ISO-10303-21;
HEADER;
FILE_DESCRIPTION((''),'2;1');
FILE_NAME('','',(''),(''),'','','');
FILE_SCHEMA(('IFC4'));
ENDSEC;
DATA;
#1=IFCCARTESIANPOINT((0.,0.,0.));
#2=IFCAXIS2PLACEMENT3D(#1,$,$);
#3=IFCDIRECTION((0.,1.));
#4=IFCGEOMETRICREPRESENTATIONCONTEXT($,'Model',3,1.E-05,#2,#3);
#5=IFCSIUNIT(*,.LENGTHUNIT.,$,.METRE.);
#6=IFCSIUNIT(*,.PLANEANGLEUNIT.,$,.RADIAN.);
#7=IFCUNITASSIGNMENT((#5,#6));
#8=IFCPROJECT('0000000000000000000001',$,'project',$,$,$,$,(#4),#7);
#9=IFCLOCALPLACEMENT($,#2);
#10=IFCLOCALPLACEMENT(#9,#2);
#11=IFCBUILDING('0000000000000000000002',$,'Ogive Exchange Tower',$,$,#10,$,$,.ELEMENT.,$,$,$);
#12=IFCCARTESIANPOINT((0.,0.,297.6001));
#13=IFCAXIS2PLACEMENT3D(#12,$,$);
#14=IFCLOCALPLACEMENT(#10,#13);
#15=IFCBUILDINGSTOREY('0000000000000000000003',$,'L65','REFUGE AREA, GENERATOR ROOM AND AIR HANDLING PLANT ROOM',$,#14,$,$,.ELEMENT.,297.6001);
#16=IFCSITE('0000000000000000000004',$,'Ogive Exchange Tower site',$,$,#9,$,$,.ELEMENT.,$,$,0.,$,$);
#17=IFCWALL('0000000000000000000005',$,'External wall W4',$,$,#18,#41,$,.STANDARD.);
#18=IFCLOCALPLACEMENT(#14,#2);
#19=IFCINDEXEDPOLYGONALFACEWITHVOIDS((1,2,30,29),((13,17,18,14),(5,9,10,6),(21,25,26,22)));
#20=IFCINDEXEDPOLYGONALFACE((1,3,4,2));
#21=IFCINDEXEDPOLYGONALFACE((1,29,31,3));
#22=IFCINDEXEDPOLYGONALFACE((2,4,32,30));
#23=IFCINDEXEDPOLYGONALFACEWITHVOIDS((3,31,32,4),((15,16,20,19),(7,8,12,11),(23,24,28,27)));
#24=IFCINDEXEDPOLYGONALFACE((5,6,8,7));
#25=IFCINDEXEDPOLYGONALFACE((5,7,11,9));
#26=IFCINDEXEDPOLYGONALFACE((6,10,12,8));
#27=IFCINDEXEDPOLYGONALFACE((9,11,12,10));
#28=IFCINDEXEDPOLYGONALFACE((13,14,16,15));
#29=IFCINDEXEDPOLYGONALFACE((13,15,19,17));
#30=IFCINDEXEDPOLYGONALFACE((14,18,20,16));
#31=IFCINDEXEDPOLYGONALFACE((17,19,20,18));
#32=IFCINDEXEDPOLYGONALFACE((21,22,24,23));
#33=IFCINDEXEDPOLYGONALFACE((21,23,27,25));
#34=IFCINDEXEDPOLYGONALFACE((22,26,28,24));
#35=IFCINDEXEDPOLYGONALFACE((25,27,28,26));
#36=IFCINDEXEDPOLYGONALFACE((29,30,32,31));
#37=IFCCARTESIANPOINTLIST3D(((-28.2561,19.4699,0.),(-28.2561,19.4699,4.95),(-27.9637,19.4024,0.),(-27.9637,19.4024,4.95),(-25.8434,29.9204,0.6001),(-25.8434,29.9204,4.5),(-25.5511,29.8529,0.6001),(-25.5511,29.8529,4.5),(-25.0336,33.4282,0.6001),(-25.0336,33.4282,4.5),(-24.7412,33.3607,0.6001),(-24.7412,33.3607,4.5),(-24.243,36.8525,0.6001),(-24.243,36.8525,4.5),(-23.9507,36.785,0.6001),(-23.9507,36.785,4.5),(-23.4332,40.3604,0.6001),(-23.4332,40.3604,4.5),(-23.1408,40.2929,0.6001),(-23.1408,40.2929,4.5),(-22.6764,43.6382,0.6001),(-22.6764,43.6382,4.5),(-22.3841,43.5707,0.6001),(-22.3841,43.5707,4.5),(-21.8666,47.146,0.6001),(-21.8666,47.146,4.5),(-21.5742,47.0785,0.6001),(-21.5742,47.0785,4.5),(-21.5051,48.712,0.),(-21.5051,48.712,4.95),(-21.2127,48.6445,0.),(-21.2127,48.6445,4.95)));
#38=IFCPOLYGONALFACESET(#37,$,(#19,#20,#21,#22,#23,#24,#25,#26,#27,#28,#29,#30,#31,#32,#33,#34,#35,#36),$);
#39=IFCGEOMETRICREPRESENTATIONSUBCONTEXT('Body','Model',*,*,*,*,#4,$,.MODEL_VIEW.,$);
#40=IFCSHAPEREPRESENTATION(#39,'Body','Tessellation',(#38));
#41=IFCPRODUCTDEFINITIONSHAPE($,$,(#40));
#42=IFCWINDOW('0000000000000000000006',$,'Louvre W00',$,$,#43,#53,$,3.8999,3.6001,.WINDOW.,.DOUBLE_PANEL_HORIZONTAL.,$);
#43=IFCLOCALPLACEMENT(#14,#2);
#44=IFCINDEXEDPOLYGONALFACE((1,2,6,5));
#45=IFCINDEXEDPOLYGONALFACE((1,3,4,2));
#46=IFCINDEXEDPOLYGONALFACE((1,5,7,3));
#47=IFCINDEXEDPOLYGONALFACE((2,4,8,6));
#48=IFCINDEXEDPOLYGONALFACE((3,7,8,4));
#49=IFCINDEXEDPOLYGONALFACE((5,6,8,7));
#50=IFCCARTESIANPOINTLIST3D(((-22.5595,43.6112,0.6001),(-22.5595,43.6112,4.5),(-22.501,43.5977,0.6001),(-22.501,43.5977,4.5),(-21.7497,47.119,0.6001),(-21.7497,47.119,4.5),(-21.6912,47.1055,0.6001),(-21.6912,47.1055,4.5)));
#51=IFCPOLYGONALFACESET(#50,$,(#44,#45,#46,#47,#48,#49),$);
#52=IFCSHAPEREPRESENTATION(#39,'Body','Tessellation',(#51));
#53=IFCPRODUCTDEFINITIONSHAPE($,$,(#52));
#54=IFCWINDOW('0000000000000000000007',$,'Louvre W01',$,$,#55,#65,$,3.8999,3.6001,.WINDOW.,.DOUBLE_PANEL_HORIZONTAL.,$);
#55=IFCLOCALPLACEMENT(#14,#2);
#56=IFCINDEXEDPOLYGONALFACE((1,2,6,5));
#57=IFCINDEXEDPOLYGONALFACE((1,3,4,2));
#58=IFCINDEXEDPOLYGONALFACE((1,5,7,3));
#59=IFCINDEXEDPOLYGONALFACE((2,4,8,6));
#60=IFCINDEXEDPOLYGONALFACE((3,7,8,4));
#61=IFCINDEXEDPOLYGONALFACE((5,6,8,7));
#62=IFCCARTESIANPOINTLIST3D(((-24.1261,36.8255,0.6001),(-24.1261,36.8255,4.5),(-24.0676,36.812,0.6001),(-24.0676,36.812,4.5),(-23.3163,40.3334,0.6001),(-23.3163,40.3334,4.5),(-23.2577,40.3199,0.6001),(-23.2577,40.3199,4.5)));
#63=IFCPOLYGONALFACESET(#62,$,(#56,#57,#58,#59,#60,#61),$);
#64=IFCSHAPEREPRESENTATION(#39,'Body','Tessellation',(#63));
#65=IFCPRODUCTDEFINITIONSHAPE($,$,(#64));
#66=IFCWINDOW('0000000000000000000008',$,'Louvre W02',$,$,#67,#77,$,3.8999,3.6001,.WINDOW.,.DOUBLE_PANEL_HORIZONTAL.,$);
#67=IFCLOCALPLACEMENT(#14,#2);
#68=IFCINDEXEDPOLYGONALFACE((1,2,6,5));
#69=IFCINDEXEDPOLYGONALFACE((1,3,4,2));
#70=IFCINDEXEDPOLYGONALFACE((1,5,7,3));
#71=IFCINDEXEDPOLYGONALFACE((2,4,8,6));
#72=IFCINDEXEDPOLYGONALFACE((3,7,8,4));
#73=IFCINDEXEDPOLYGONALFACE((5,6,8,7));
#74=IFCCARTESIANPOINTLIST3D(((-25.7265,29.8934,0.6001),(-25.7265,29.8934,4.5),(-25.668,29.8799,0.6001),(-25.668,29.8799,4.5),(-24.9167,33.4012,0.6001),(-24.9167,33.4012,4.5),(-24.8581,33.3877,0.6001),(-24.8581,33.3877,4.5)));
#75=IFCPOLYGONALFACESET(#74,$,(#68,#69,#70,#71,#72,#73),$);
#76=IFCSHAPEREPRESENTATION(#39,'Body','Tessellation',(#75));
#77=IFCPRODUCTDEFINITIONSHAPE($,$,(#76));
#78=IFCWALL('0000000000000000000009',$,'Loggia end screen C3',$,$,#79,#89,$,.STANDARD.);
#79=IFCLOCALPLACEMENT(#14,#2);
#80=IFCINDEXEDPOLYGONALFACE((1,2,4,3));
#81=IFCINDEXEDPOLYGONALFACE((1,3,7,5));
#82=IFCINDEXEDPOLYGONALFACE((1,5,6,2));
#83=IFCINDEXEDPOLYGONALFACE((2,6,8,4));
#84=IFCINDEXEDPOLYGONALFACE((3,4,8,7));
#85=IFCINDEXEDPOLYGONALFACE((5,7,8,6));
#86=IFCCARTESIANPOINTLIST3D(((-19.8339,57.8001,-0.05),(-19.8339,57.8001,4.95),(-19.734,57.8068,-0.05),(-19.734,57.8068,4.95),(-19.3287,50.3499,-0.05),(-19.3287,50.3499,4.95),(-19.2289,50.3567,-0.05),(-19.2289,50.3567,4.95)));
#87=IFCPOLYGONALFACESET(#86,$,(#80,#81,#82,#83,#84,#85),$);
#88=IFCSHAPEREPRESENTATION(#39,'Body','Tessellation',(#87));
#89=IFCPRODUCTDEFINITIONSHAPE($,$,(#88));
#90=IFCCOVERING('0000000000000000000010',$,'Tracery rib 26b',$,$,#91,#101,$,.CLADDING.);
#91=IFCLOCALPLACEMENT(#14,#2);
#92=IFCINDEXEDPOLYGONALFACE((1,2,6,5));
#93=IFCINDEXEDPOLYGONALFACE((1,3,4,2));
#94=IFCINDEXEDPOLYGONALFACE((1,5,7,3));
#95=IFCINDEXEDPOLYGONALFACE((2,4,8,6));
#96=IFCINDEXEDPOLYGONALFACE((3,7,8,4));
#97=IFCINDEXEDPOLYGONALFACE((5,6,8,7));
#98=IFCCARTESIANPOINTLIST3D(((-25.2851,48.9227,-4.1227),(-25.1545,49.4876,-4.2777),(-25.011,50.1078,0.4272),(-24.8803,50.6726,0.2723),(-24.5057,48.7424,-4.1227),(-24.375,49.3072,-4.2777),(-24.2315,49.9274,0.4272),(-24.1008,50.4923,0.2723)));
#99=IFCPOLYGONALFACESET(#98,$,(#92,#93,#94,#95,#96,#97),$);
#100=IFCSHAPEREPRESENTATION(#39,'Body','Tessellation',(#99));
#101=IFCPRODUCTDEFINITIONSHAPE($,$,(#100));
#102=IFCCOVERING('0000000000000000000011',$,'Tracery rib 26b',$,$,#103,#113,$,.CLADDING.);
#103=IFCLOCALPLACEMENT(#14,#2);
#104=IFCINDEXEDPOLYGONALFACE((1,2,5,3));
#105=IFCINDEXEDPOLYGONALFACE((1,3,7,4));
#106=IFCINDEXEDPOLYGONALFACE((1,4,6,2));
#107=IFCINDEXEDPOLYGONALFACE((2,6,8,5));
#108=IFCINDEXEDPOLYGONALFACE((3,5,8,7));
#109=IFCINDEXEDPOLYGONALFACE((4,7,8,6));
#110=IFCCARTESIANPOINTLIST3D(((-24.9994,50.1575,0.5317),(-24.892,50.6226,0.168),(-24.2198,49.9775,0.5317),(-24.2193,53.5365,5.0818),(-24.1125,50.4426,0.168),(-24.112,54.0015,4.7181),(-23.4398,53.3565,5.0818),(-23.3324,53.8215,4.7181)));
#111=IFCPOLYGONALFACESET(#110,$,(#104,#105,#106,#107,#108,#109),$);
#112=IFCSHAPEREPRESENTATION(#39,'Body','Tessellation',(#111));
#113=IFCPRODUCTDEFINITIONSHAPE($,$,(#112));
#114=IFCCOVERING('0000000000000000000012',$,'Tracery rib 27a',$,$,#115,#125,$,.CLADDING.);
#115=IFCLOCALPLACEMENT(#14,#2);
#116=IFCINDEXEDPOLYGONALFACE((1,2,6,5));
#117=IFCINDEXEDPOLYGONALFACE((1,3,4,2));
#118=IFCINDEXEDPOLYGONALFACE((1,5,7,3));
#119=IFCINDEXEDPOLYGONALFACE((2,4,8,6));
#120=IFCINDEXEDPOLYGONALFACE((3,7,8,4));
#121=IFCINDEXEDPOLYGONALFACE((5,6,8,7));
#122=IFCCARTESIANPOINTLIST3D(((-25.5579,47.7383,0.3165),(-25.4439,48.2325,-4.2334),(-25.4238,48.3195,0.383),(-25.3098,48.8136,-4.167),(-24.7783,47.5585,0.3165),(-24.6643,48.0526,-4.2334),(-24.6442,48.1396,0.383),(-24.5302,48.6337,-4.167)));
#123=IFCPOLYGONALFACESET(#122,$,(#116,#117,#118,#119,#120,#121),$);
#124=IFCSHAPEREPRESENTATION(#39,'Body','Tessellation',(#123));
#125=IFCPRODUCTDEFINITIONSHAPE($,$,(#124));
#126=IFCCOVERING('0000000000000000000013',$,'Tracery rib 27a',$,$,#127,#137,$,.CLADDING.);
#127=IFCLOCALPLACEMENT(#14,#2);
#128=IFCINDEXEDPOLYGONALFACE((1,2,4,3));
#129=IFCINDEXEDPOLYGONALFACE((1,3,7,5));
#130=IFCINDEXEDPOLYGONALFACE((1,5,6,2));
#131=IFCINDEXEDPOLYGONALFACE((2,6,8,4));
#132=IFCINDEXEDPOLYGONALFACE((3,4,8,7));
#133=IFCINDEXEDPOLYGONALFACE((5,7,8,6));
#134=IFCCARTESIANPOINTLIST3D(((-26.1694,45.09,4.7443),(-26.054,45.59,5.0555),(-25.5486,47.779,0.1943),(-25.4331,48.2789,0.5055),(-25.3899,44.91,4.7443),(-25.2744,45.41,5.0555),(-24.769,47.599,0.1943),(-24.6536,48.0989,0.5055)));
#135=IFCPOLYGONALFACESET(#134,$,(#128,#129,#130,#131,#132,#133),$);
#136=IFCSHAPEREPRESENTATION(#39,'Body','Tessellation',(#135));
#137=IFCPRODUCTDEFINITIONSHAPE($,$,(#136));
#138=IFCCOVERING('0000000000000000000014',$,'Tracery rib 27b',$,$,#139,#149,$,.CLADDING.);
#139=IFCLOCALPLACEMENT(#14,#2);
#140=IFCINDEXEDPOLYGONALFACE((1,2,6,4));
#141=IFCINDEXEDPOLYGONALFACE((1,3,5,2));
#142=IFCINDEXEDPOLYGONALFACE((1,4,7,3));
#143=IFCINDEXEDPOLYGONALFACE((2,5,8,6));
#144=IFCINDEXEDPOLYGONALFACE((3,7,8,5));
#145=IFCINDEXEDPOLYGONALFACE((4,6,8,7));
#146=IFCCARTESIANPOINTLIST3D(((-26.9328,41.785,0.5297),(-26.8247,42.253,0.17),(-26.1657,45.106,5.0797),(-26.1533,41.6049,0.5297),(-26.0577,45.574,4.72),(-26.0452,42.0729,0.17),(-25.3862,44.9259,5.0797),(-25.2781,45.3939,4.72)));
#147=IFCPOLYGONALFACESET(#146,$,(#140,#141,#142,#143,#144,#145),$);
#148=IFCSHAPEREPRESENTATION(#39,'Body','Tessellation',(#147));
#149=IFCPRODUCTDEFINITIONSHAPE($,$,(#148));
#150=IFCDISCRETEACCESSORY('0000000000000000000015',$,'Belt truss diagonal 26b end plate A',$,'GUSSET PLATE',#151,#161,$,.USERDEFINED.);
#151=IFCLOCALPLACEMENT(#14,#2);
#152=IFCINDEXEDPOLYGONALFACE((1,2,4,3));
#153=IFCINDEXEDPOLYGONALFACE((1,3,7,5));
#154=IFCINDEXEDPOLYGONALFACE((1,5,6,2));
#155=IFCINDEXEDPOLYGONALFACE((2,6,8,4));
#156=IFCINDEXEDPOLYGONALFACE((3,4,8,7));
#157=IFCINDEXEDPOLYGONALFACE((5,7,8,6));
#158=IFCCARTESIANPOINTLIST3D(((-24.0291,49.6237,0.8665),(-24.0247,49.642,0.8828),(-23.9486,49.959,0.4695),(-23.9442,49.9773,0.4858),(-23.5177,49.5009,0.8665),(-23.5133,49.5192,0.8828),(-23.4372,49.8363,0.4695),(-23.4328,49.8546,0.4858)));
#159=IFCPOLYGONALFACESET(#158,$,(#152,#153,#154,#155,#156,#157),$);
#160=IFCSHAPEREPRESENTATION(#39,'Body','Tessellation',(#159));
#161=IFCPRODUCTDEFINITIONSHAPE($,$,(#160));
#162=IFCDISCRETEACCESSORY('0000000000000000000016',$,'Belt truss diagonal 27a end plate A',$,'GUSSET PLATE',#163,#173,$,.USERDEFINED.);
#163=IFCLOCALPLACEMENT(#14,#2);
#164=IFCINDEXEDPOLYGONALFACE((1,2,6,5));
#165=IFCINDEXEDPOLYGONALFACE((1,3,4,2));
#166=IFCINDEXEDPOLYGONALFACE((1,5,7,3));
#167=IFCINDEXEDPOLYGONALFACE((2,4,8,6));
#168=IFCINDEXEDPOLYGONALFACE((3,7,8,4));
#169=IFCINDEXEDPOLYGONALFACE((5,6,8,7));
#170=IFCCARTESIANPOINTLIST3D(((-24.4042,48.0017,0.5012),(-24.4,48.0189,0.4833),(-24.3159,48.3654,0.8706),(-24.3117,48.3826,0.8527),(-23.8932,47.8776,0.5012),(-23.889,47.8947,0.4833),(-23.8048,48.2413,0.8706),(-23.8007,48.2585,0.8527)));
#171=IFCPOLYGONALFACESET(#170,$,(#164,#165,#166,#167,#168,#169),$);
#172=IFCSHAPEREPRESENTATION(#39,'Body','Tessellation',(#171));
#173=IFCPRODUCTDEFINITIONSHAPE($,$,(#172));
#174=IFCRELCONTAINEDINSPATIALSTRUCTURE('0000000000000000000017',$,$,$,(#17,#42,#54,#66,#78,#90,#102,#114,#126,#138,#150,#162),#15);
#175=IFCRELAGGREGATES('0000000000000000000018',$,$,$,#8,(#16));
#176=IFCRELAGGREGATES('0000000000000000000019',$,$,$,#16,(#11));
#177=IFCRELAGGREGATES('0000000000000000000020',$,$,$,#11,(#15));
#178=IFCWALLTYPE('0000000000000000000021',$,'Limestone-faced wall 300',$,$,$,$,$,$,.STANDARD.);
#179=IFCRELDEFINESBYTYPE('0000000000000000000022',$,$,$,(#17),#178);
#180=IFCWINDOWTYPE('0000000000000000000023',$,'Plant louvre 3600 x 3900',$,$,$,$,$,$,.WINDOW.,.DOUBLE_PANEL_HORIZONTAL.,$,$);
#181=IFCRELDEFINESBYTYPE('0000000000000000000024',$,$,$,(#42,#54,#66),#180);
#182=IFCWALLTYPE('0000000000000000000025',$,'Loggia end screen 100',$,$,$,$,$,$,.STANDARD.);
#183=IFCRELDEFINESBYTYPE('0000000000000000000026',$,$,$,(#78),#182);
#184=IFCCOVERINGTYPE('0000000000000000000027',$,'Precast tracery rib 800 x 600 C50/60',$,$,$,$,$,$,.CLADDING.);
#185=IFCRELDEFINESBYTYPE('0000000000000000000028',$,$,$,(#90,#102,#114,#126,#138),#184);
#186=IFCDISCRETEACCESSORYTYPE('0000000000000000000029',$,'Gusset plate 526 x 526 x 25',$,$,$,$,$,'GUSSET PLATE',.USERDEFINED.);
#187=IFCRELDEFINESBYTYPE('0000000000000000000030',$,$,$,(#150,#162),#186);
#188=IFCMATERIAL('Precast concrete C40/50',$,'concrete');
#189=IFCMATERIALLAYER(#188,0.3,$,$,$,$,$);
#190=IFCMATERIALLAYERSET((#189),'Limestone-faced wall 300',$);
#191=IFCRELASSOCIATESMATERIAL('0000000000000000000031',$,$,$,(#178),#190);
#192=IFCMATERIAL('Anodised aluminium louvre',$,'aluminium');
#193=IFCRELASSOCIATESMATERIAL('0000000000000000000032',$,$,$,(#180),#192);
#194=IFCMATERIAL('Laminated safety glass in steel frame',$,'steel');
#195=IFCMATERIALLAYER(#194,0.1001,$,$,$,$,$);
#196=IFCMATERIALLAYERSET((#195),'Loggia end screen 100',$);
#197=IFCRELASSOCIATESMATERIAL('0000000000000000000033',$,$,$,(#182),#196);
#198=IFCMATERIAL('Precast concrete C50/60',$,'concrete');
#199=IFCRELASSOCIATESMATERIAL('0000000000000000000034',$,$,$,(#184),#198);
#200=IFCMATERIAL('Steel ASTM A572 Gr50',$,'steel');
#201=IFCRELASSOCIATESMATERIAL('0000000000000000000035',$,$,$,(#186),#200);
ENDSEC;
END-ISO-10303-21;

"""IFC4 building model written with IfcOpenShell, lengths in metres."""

from ifc_helpers import new_model, si_unit, direction, frame, frame_2d, origin, origin_2d, place, context, subcontext, project, spatial, rectangle, extrude, material, layer, layer_set, material_profile, profile_set, type_object, element, fill, save


model = new_model("IFC4")

# Units and contexts
model_context = context("Model", 3, precision=1e-05, world=origin(), true_north=direction((0.0, 1.0)))
body_context = subcontext(model_context, "Body", "Model", "MODEL_VIEW")
ifc_project = project(units=[si_unit("LENGTHUNIT", "METRE"), si_unit("PLANEANGLEUNIT", "RADIAN")], contexts=[model_context])

# Site, building, storey
site_placement = place(None, origin())
site = spatial("IfcSite", under=ifc_project, at=site_placement, Name="Ogive Exchange Tower site", CompositionType="ELEMENT", RefElevation=0.0)
building_placement = place(site_placement, origin())
building = spatial("IfcBuilding", under=site, at=building_placement, Name="Ogive Exchange Tower", CompositionType="ELEMENT")
storey_placement = place(building_placement, frame((0.0, 0.0, 297.6001)))
storey = spatial("IfcBuildingStorey", under=building, at=storey_placement, Name="L65", Description="REFUGE AREA, GENERATOR ROOM AND AIR HANDLING PLANT ROOM", CompositionType="ELEMENT", Elevation=297.6001)

# Wall, openings, windows
ifc_material_1 = material(Name="Precast concrete C40/50", Category="concrete")
ifc_layer_1 = layer(ifc_material_1, 0.3)
ifc_layer_set_1 = layer_set([ifc_layer_1], Name="Limestone-faced wall 300")
wall_type_1 = type_object("IfcWallType", Name="Limestone-faced wall 300", PredefinedType="STANDARD", material=ifc_layer_set_1)
wall_1_placement = place(storey_placement, frame((-21.3589, 48.6782, 0.0), z_axis=(0.0, 0.0, 1.0), x_axis=(-0.224949, -0.97437, 0.0)))
wall_1 = element("IfcWall", 1, at=wall_1_placement, inside=storey, type_object=wall_type_1, Name="External wall W4", PredefinedType="STANDARD", context=body_context, shape_type="SweptSolid", body=[
    extrude(rectangle(XDim=30.0112, YDim=0.3, at=frame_2d((15.0056, 0.0))), origin(), (0.0, 0.0, 1.0), 4.95),
])
opening_1_placement = place(wall_1_placement, frame((1.6072, 0.0, 0.6001)))
opening_1 = element("IfcOpeningElement", 2, at=opening_1_placement, cuts=wall_1, PredefinedType="OPENING", context=body_context, shape_type="SweptSolid", body=[
    extrude(rectangle(XDim=3.6001, YDim=3.8999, at=frame_2d((1.8, 1.95))), frame((0.0, 0.1599, 0.0), z_axis=(0.0, -1.0, 0.0), x_axis=(1.0, 0.0, 0.0)), (0.0, 0.0, 1.0), 0.3201),
])
opening_2_placement = place(wall_1_placement, frame((8.5713, 0.0, 0.6001)))
opening_2 = element("IfcOpeningElement", 3, at=opening_2_placement, cuts=wall_1, PredefinedType="OPENING", context=body_context, shape_type="SweptSolid", body=[
    extrude(rectangle(XDim=3.6001, YDim=3.8999, at=frame_2d((1.8, 1.95))), frame((0.0, 0.1599, 0.0), z_axis=(0.0, -1.0, 0.0), x_axis=(1.0, 0.0, 0.0)), (0.0, 0.0, 1.0), 0.3201),
])
opening_3_placement = place(wall_1_placement, frame((15.6858, 0.0, 0.6001)))
opening_3 = element("IfcOpeningElement", 4, at=opening_3_placement, cuts=wall_1, PredefinedType="OPENING", context=body_context, shape_type="SweptSolid", body=[
    extrude(rectangle(XDim=3.6001, YDim=3.8999, at=frame_2d((1.8, 1.95))), frame((0.0, 0.1599, 0.0), z_axis=(0.0, -1.0, 0.0), x_axis=(1.0, 0.0, 0.0)), (0.0, 0.0, 1.0), 0.3201),
])
ifc_material_2 = material(Name="Anodised aluminium louvre", Category="aluminium")
window_type = type_object("IfcWindowType", Name="Plant louvre 3600 x 3900", PartitioningType="DOUBLE_PANEL_HORIZONTAL", PredefinedType="WINDOW", material=ifc_material_2)
window_1_placement = place(opening_1_placement, origin())
window_1 = element("IfcWindow", 5, at=window_1_placement, inside=storey, type_object=window_type, Name="Louvre W00", OverallHeight=3.8999, OverallWidth=3.6001, PartitioningType="DOUBLE_PANEL_HORIZONTAL", PredefinedType="WINDOW", context=body_context, shape_type="SweptSolid", body=[
    extrude(rectangle(XDim=3.6001, YDim=3.8999, at=frame_2d((1.8, 1.95))), frame((0.0, 0.03, 0.0), z_axis=(0.0, -1.0, 0.0), x_axis=(1.0, 0.0, 0.0)), (0.0, 0.0, 1.0), 0.0601),
])
fill(opening_1, window_1)
window_2_placement = place(opening_2_placement, origin())
window_2 = element("IfcWindow", 6, at=window_2_placement, inside=storey, type_object=window_type, Name="Louvre W01", OverallHeight=3.8999, OverallWidth=3.6001, PartitioningType="DOUBLE_PANEL_HORIZONTAL", PredefinedType="WINDOW", context=body_context, shape_type="SweptSolid", body=[
    extrude(rectangle(XDim=3.6001, YDim=3.8999, at=frame_2d((1.8, 1.95))), frame((0.0, 0.03, 0.0), z_axis=(0.0, -1.0, 0.0), x_axis=(1.0, 0.0, 0.0)), (0.0, 0.0, 1.0), 0.0601),
])
fill(opening_2, window_2)
window_3_placement = place(opening_3_placement, origin())
window_3 = element("IfcWindow", 7, at=window_3_placement, inside=storey, type_object=window_type, Name="Louvre W02", OverallHeight=3.8999, OverallWidth=3.6001, PartitioningType="DOUBLE_PANEL_HORIZONTAL", PredefinedType="WINDOW", context=body_context, shape_type="SweptSolid", body=[
    extrude(rectangle(XDim=3.6001, YDim=3.8999, at=frame_2d((1.8, 1.95))), frame((0.0, 0.03, 0.0), z_axis=(0.0, -1.0, 0.0), x_axis=(1.0, 0.0, 0.0)), (0.0, 0.0, 1.0), 0.0601),
])
fill(opening_3, window_3)

# Wall
ifc_material_3 = material(Name="Laminated safety glass in steel frame", Category="steel")
ifc_layer_2 = layer(ifc_material_3, 0.1001)
ifc_layer_set_2 = layer_set([ifc_layer_2], Name="Loggia end screen 100")
wall_type_2 = type_object("IfcWallType", Name="Loggia end screen 100", PredefinedType="STANDARD", material=ifc_layer_set_2)
wall_2_placement = place(storey_placement, frame((-19.2788, 50.3533, -0.05), z_axis=(0.0, 0.0, 1.0), x_axis=(-0.067645, 0.997709, 0.0)))
element("IfcWall", 8, at=wall_2_placement, inside=storey, type_object=wall_type_2, Name="Loggia end screen C3", PredefinedType="STANDARD", context=body_context, shape_type="SweptSolid", body=[
    extrude(rectangle(XDim=7.4673, YDim=0.1001, at=frame_2d((3.7336, 0.0))), origin(), (0.0, 0.0, 1.0), 5.0),
])

# Coverings
ifc_material_4 = material(Name="Precast concrete C50/60", Category="concrete")
ifc_material_profile_1 = material_profile(ifc_material_4, rectangle(XDim=0.8, YDim=0.6001, at=origin_2d()), Name="RIB 800 x 600")
ifc_profile_set_1 = profile_set([ifc_material_profile_1], Name="Precast concrete C50/60")
covering_type = type_object("IfcCoveringType", Name="Precast tracery rib 800 x 600 C50/60", PredefinedType="CLADDING", material=ifc_profile_set_1)
covering_1_placement = place(storey_placement, frame((-24.8301, 49.115, -4.2002), z_axis=(0.058212, 0.251614, 0.966075), x_axis=(-0.974266, 0.225402, 0.0)))
element("IfcCovering", 9, at=covering_1_placement, inside=storey, type_object=covering_type, Name="Tracery rib 26b", PredefinedType="CLADDING", context=body_context, shape_type="SweptSolid", body=[
    extrude(rectangle(XDim=0.8, YDim=0.6001, at=origin_2d()), origin(), (0.0, 0.0, 1.0), 4.7097),
])
covering_2_placement = place(storey_placement, frame((-24.5559, 50.3, 0.3499), z_axis=(0.136348, 0.590628, 0.795342), x_axis=(-0.974373, 0.224937, 0.0)))
element("IfcCovering", 10, at=covering_2_placement, inside=storey, type_object=covering_type, Name="Tracery rib 26b", PredefinedType="CLADDING", context=body_context, shape_type="SweptSolid", body=[
    extrude(rectangle(XDim=0.8, YDim=0.6001, at=origin_2d()), origin(), (0.0, 0.0, 1.0), 5.7209),
])
covering_3_placement = place(storey_placement, frame((-24.9871, 48.4331, -4.2002), z_axis=(-0.024903, -0.107933, 0.993846), x_axis=(0.974399, -0.224824, 0.0)))
element("IfcCovering", 11, at=covering_3_placement, inside=storey, type_object=covering_type, Name="Tracery rib 27a", PredefinedType="CLADDING", context=body_context, shape_type="SweptSolid", body=[
    extrude(rectangle(XDim=0.8, YDim=0.6001, at=origin_2d()), origin(), (0.0, 0.0, 1.0), 4.5781),
])
covering_4_placement = place(storey_placement, frame((-25.1011, 47.939, 0.3499), z_axis=(-0.116667, -0.505297, 0.855023), x_axis=(0.974366, -0.224969, 0.0)))
element("IfcCovering", 12, at=covering_4_placement, inside=storey, type_object=covering_type, Name="Tracery rib 27a", PredefinedType="CLADDING", context=body_context, shape_type="SweptSolid", body=[
    extrude(rectangle(XDim=0.8, YDim=0.6001, at=origin_2d()), origin(), (0.0, 0.0, 1.0), 5.3215),
])
covering_5_placement = place(storey_placement, frame((-26.489, 41.929, 0.3499), z_axis=(0.134929, 0.584163, 0.800342), x_axis=(-0.974347, 0.225053, 0.0)))
element("IfcCovering", 13, at=covering_5_placement, inside=storey, type_object=covering_type, Name="Tracery rib 27b", PredefinedType="CLADDING", context=body_context, shape_type="SweptSolid", body=[
    extrude(rectangle(XDim=0.8, YDim=0.6001, at=origin_2d()), origin(), (0.0, 0.0, 1.0), 5.6851),
])

# Discrete accessories
ifc_material_5 = material(Name="Steel ASTM A572 Gr50", Category="steel")
ifc_material_profile_2 = material_profile(ifc_material_5, rectangle(XDim=0.5259, YDim=0.5259, at=origin_2d()), Name="PL 526 x 526 x 25")
ifc_profile_set_2 = profile_set([ifc_material_profile_2], Name="Steel ASTM A572 Gr50")
discrete_accessory_type_1 = type_object("IfcDiscreteAccessoryType", Name="Gusset plate 526 x 526 x 25", ElementType="GUSSET PLATE", PredefinedType="USERDEFINED", material=ifc_profile_set_2)
discrete_accessory_1_placement = place(storey_placement, frame((-23.7332, 49.73, 0.668), z_axis=(0.176183, 0.734096, 0.655792), x_axis=(-0.972387, 0.233373, 0.0)))
element("IfcDiscreteAccessory", 14, at=discrete_accessory_1_placement, inside=storey, type_object=discrete_accessory_type_1, Name="Belt truss diagonal 26b end plate A", ObjectType="GUSSET PLATE", PredefinedType="USERDEFINED", context=body_context, shape_type="SweptSolid", body=[
    extrude(rectangle(XDim=0.5259, YDim=0.5259, at=origin_2d()), origin(), (0.0, 0.0, 1.0), 0.0249),
])
discrete_accessory_2_placement = place(storey_placement, frame((-24.1003, 48.1387, 0.668), z_axis=(-0.165761, -0.682545, 0.711797), x_axis=(0.971754, -0.235997, 0.0)))
element("IfcDiscreteAccessory", 15, at=discrete_accessory_2_placement, inside=storey, type_object=discrete_accessory_type_1, Name="Belt truss diagonal 27a end plate A", ObjectType="GUSSET PLATE", PredefinedType="USERDEFINED", context=body_context, shape_type="SweptSolid", body=[
    extrude(rectangle(XDim=0.5259, YDim=0.5259, at=origin_2d()), origin(), (0.0, 0.0, 1.0), 0.0251),
])

save(model, "model.ifc")
